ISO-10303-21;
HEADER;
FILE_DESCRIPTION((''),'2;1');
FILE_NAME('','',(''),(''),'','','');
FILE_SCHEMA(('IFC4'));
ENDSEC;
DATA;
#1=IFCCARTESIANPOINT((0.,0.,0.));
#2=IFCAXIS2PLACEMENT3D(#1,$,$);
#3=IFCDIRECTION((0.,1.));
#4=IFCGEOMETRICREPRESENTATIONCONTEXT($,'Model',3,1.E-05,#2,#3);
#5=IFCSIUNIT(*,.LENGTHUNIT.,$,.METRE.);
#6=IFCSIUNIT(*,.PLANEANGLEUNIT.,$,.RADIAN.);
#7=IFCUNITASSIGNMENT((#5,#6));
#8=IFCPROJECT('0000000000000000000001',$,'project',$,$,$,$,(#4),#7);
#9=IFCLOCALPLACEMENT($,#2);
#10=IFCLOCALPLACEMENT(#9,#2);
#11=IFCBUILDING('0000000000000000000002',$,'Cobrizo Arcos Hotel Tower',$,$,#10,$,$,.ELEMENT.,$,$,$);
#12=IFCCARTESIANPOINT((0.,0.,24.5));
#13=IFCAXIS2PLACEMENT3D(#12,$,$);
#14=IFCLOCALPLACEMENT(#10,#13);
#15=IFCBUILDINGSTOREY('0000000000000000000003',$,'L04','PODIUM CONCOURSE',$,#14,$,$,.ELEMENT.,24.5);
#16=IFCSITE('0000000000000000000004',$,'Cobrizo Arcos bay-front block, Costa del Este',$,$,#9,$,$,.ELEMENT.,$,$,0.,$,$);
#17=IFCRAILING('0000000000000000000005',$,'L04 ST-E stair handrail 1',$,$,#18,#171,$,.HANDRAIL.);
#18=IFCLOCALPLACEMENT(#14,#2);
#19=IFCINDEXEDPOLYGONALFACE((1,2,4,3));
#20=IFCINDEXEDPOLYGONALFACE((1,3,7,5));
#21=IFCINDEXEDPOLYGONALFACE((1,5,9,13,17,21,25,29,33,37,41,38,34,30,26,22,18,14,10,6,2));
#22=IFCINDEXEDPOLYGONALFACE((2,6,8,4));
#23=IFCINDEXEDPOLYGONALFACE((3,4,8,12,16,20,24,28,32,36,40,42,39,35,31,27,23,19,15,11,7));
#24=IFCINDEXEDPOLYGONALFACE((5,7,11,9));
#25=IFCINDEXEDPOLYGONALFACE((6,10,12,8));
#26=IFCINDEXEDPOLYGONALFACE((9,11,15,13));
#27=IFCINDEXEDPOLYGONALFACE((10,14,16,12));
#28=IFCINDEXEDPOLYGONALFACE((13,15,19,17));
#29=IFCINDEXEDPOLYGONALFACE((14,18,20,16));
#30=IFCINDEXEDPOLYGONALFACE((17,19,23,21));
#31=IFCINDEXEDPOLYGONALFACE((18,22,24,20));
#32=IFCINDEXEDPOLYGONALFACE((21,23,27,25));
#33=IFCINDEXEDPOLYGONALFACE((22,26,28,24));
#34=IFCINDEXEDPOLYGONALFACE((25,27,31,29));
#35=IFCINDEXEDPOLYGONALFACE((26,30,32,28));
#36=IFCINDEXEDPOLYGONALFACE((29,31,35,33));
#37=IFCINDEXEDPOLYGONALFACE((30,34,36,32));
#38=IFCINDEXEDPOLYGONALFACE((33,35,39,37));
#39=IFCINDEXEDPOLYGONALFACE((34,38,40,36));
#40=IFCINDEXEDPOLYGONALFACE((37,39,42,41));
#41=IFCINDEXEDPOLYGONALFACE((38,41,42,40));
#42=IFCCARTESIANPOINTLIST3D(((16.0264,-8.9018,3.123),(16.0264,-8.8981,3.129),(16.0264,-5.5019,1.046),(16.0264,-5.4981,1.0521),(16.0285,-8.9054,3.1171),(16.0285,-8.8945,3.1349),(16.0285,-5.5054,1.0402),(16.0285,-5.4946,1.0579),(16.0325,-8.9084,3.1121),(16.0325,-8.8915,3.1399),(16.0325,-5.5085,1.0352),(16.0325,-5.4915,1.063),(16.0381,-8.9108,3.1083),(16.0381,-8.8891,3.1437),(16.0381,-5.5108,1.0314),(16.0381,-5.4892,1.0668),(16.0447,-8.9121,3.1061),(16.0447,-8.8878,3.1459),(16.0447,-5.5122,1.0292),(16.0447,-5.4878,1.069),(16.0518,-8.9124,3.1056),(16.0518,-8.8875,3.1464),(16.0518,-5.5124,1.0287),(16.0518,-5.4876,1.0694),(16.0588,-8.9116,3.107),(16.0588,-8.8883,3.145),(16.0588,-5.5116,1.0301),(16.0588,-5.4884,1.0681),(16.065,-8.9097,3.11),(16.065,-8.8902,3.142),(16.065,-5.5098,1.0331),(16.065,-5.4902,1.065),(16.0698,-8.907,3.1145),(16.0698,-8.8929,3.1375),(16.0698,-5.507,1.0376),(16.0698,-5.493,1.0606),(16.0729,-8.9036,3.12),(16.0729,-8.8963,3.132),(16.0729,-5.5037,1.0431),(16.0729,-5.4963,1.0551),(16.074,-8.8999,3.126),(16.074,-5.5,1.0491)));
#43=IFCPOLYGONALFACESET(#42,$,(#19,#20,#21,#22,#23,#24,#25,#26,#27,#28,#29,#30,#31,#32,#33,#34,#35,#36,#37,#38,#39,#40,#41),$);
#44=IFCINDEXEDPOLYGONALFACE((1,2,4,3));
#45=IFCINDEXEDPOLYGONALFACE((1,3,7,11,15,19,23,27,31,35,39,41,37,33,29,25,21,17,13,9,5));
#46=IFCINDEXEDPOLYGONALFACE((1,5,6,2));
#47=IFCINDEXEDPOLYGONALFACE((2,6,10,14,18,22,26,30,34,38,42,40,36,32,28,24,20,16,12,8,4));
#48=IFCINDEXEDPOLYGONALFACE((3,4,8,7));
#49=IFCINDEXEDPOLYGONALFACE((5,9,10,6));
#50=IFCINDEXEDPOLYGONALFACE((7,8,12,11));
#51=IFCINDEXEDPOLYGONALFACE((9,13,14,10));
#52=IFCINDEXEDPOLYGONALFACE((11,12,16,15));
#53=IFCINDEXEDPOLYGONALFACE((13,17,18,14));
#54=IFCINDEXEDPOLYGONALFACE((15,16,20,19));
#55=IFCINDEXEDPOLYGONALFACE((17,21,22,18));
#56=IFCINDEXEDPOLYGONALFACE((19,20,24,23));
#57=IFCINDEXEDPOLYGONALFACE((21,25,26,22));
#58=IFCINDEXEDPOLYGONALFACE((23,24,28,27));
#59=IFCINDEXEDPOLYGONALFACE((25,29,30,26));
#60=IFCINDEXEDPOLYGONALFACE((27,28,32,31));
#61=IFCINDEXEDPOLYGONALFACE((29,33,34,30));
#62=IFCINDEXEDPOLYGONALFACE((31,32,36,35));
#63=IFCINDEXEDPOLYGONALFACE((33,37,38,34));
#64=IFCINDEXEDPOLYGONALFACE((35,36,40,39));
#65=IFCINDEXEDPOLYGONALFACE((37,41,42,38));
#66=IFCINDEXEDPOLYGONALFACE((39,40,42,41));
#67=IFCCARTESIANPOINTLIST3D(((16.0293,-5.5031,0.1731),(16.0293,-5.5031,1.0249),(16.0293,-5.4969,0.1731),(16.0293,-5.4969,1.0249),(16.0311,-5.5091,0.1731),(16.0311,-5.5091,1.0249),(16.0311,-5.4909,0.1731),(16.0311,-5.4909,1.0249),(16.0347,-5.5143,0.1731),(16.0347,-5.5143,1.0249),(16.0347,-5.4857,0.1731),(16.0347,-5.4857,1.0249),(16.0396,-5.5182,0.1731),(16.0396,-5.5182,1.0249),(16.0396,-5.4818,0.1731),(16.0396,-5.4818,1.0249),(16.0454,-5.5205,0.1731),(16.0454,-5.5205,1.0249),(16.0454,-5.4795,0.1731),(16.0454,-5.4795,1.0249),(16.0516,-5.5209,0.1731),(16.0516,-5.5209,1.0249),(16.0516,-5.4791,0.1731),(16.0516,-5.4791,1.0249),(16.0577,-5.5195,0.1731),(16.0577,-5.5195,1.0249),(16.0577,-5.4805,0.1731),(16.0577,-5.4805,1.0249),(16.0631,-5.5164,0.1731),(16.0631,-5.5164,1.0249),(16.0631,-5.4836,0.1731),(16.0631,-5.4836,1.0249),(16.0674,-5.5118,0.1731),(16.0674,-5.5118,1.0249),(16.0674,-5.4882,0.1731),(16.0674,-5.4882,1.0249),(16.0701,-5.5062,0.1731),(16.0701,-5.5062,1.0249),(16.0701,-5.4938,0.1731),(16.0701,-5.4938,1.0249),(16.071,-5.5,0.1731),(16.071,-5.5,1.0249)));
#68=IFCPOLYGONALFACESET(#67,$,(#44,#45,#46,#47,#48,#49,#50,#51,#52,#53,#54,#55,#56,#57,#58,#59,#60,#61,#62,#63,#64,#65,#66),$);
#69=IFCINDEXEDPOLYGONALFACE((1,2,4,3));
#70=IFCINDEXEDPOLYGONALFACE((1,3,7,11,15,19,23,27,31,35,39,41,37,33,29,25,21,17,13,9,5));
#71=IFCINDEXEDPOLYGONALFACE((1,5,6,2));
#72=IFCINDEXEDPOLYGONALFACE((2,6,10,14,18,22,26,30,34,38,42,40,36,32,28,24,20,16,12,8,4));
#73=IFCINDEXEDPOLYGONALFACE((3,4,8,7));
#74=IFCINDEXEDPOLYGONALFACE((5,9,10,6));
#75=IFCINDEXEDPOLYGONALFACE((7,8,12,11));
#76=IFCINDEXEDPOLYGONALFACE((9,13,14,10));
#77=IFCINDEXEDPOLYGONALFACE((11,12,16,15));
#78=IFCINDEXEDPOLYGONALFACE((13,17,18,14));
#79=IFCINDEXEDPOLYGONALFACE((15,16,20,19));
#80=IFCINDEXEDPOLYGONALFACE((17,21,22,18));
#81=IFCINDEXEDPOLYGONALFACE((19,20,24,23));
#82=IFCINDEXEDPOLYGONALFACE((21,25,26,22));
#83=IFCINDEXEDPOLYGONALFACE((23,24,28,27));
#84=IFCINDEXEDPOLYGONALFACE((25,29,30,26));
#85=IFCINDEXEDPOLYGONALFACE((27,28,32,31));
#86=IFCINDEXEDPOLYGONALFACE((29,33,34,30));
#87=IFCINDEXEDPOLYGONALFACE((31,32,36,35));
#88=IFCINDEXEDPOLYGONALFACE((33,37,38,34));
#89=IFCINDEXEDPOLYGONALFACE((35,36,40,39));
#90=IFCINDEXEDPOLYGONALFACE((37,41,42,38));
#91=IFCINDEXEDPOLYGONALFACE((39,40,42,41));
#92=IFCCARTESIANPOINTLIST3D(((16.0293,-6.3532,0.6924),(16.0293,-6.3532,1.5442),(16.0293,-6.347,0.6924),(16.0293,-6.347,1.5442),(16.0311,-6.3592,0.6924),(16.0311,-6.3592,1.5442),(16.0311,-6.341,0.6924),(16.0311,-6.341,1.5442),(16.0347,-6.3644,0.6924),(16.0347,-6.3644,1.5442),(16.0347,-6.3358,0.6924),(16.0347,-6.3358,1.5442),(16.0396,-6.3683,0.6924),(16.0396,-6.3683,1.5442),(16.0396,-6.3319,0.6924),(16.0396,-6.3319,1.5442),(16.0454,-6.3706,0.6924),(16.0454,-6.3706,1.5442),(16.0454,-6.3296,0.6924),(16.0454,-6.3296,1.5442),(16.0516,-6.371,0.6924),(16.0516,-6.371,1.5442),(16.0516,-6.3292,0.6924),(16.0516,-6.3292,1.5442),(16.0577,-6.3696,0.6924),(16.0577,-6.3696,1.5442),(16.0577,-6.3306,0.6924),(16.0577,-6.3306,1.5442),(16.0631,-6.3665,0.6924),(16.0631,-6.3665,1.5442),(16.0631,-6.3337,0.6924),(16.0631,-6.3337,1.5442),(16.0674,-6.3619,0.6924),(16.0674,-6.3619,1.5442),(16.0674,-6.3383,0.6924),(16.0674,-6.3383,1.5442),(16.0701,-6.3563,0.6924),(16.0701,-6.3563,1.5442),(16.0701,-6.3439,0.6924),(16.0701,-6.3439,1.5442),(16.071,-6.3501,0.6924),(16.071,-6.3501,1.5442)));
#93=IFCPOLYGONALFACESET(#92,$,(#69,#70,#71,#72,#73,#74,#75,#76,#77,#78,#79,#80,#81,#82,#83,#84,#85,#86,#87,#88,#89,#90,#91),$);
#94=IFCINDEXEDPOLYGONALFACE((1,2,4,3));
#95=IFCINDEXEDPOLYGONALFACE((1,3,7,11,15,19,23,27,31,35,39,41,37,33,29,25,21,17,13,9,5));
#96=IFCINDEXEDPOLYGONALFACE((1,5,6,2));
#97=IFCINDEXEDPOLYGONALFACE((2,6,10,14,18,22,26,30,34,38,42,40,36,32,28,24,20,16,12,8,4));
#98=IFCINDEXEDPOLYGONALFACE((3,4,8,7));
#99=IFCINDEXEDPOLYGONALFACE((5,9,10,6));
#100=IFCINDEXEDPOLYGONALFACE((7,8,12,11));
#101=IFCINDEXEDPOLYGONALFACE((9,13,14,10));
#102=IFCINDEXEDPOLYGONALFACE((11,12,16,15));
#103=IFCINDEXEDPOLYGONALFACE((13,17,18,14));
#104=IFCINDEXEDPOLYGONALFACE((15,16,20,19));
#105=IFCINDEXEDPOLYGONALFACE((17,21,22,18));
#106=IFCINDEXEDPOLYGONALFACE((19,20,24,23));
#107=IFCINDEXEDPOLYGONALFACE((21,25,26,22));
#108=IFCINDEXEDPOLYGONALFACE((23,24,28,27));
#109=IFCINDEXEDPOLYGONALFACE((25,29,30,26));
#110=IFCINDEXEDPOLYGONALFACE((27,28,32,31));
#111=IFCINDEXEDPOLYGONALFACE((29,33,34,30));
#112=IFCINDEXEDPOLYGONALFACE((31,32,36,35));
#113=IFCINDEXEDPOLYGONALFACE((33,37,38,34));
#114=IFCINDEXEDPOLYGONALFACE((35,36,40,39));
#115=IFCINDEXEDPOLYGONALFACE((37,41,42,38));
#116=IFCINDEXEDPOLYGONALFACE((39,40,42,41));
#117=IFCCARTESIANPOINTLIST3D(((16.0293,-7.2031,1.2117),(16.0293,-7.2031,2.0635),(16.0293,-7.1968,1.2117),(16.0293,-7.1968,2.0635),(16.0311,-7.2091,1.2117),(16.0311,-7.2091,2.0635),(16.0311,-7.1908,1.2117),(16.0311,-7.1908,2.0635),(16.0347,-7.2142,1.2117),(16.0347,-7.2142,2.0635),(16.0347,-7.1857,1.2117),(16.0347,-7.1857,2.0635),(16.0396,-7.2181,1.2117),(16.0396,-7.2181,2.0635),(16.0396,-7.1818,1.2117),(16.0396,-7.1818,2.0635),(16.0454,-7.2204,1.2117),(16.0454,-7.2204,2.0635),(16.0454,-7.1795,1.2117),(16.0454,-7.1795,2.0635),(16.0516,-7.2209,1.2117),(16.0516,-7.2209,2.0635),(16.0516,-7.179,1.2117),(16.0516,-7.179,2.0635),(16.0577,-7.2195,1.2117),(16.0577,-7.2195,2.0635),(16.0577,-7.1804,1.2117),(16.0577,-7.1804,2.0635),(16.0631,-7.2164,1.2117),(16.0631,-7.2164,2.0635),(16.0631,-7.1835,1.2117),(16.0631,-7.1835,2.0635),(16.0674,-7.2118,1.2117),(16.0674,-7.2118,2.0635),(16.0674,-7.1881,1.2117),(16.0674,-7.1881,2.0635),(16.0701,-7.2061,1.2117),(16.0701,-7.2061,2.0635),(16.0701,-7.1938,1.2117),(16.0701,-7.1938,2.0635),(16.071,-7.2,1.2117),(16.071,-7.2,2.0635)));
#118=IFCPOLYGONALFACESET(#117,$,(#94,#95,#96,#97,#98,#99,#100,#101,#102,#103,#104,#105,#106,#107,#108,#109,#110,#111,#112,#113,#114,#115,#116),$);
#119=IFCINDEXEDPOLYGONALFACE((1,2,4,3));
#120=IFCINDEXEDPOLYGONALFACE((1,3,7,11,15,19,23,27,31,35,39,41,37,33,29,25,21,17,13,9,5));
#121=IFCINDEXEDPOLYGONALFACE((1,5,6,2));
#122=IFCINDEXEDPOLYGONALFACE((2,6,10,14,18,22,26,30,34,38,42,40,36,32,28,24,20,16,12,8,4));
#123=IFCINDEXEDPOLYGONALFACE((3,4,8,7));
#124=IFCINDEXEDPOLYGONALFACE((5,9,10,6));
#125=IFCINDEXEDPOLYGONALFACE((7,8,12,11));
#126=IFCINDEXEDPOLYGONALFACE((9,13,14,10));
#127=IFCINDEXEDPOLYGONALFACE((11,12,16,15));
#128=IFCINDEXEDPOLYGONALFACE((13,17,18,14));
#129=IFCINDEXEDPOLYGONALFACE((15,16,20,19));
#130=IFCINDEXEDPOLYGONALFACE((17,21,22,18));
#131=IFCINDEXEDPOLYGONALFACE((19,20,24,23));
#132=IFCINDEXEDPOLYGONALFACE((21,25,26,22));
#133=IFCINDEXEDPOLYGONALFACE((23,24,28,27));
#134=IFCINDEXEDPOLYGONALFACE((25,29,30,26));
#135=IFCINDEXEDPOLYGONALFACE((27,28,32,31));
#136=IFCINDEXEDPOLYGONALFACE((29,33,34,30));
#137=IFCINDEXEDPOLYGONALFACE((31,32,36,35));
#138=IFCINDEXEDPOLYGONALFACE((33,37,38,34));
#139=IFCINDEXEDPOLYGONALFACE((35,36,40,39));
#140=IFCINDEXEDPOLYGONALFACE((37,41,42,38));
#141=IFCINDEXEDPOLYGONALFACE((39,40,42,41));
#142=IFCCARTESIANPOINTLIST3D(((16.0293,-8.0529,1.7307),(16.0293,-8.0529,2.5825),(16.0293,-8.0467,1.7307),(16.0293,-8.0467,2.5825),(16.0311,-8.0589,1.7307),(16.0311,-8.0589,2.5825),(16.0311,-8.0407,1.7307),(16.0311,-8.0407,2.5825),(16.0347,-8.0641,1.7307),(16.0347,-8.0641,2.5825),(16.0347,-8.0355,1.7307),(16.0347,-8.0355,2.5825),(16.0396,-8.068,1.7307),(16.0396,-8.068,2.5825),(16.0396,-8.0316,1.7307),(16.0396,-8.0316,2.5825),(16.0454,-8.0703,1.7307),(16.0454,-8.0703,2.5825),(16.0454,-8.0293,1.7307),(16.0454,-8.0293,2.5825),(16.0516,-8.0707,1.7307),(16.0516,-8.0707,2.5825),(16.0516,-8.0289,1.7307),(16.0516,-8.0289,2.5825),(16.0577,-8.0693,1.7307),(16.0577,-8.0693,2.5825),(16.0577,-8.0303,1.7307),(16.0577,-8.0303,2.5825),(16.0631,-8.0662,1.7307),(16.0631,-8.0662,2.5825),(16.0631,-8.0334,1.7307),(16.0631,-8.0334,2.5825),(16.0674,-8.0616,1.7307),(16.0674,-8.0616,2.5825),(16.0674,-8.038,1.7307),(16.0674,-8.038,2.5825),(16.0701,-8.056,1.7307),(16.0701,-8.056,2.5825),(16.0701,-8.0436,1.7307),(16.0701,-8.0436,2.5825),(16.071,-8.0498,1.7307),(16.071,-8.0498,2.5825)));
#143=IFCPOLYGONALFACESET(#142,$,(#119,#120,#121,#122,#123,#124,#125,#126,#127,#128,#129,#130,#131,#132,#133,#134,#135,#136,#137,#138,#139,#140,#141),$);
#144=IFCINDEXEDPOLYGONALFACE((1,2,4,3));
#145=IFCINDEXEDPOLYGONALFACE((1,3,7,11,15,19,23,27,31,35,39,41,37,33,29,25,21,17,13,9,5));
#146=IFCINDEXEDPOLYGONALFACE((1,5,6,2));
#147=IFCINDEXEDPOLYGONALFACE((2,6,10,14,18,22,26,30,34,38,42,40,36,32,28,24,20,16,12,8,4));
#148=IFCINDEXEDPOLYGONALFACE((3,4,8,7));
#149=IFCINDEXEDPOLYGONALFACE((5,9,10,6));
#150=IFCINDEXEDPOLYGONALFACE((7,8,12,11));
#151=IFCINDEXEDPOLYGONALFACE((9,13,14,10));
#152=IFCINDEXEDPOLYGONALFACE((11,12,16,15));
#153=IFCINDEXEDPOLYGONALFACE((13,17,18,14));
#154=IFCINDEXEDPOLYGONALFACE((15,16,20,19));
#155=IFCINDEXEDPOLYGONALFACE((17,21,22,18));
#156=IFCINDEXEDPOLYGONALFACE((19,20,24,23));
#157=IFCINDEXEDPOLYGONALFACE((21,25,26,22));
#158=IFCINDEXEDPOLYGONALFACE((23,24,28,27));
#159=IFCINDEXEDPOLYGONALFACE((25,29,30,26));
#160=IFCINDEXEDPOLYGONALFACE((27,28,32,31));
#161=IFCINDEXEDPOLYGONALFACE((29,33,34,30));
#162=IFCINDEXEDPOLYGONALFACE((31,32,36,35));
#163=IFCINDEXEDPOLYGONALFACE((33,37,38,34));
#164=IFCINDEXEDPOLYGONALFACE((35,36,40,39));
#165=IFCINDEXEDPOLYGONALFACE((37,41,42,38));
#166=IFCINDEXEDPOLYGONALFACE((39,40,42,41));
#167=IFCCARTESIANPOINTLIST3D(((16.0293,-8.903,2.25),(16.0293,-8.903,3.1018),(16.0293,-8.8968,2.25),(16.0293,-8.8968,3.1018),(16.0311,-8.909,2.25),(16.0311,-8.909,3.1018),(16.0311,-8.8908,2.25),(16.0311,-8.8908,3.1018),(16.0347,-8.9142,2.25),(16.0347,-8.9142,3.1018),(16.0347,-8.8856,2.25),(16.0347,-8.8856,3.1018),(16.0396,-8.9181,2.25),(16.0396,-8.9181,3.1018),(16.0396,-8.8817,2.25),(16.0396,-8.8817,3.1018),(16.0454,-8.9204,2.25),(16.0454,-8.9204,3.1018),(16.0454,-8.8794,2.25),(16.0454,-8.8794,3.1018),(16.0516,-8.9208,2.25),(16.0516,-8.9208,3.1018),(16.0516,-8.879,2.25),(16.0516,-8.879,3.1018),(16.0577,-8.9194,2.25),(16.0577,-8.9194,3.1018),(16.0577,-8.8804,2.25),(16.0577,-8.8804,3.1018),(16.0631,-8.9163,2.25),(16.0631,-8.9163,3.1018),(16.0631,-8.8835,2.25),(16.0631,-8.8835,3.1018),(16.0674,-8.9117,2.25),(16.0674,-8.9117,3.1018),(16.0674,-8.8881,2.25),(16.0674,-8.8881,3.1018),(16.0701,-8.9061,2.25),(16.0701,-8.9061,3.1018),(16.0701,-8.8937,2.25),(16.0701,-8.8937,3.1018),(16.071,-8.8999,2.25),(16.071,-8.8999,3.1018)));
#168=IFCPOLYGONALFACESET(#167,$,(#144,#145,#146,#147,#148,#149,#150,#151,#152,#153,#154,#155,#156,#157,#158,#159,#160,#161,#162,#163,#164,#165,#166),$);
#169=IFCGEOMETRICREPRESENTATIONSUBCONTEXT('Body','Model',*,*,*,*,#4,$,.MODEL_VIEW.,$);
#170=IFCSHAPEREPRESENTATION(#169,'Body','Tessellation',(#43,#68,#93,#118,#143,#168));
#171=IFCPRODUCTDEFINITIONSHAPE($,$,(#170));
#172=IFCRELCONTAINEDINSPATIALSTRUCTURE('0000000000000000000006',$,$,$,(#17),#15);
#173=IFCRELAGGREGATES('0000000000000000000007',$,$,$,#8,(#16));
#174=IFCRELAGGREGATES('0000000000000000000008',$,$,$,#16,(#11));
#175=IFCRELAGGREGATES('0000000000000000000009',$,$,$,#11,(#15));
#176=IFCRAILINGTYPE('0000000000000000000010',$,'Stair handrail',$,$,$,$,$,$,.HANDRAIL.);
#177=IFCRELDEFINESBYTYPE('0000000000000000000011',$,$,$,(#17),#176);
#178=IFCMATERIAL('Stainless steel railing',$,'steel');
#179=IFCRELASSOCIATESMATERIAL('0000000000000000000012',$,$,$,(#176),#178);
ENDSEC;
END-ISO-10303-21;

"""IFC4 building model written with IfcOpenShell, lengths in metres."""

from ifc_helpers import new_model, si_unit, direction, frame, origin, origin_2d, place, context, subcontext, project, spatial, circle, extrude, material, type_object, element, save


model = new_model("IFC4")

# Units and contexts
model_context = context("Model", 3, precision=1e-05, world=origin(), true_north=direction((0.0, 1.0)))
body_context = subcontext(model_context, "Body", "Model", "MODEL_VIEW")
ifc_project = project(units=[si_unit("LENGTHUNIT", "METRE"), si_unit("PLANEANGLEUNIT", "RADIAN")], contexts=[model_context])

# Site, building, storey
site_placement = place(None, origin())
site = spatial("IfcSite", under=ifc_project, at=site_placement, Name="Cobrizo Arcos bay-front block, Costa del Este", CompositionType="ELEMENT", RefElevation=0.0)
building_placement = place(site_placement, origin())
building = spatial("IfcBuilding", under=site, at=building_placement, Name="Cobrizo Arcos Hotel Tower", CompositionType="ELEMENT")
storey_placement = place(building_placement, frame((0.0, 0.0, 24.5)))
storey = spatial("IfcBuildingStorey", under=building, at=storey_placement, Name="L04", Description="PODIUM CONCOURSE", CompositionType="ELEMENT", Elevation=24.5)

# Railing
ifc_material_1 = material(Name="Stainless steel railing", Category="steel")
railing_type_1 = type_object("IfcRailingType", Name="Stair handrail", PredefinedType="HANDRAIL", material=ifc_material_1)
railing_1_placement = place(storey_placement, frame((16.05, -5.5, 0.1731)))
element("IfcRailing", 1, at=railing_1_placement, inside=storey, type_object=railing_type_1, Name="L04 ST-E stair handrail 1", PredefinedType="HANDRAIL", context=body_context, shape_type="SweptSolid", body=[
    extrude(circle(Radius=0.0239, at=origin_2d()), frame((0.0, 0.0, 0.876), z_axis=(0.0, -0.853373, 0.521301), x_axis=(1.0, 0.0, 0.0)), (0.0, 0.0, 1.0), 3.9841),
    extrude(circle(Radius=0.021, at=origin_2d()), origin(), (0.0, 0.0, 1.0), 0.8518),
    extrude(circle(Radius=0.021, at=origin_2d()), frame((0.0, -0.8501, 0.5193)), (0.0, 0.0, 1.0), 0.8518),
    extrude(circle(Radius=0.021, at=origin_2d()), frame((0.0, -1.7, 1.0386)), (0.0, 0.0, 1.0), 0.8518),
    extrude(circle(Radius=0.021, at=origin_2d()), frame((0.0, -2.5498, 1.5576)), (0.0, 0.0, 1.0), 0.8518),
    extrude(circle(Radius=0.021, at=origin_2d()), frame((0.0, -3.3999, 2.0769)), (0.0, 0.0, 1.0), 0.8518),
])

save(model, "model.ifc")
